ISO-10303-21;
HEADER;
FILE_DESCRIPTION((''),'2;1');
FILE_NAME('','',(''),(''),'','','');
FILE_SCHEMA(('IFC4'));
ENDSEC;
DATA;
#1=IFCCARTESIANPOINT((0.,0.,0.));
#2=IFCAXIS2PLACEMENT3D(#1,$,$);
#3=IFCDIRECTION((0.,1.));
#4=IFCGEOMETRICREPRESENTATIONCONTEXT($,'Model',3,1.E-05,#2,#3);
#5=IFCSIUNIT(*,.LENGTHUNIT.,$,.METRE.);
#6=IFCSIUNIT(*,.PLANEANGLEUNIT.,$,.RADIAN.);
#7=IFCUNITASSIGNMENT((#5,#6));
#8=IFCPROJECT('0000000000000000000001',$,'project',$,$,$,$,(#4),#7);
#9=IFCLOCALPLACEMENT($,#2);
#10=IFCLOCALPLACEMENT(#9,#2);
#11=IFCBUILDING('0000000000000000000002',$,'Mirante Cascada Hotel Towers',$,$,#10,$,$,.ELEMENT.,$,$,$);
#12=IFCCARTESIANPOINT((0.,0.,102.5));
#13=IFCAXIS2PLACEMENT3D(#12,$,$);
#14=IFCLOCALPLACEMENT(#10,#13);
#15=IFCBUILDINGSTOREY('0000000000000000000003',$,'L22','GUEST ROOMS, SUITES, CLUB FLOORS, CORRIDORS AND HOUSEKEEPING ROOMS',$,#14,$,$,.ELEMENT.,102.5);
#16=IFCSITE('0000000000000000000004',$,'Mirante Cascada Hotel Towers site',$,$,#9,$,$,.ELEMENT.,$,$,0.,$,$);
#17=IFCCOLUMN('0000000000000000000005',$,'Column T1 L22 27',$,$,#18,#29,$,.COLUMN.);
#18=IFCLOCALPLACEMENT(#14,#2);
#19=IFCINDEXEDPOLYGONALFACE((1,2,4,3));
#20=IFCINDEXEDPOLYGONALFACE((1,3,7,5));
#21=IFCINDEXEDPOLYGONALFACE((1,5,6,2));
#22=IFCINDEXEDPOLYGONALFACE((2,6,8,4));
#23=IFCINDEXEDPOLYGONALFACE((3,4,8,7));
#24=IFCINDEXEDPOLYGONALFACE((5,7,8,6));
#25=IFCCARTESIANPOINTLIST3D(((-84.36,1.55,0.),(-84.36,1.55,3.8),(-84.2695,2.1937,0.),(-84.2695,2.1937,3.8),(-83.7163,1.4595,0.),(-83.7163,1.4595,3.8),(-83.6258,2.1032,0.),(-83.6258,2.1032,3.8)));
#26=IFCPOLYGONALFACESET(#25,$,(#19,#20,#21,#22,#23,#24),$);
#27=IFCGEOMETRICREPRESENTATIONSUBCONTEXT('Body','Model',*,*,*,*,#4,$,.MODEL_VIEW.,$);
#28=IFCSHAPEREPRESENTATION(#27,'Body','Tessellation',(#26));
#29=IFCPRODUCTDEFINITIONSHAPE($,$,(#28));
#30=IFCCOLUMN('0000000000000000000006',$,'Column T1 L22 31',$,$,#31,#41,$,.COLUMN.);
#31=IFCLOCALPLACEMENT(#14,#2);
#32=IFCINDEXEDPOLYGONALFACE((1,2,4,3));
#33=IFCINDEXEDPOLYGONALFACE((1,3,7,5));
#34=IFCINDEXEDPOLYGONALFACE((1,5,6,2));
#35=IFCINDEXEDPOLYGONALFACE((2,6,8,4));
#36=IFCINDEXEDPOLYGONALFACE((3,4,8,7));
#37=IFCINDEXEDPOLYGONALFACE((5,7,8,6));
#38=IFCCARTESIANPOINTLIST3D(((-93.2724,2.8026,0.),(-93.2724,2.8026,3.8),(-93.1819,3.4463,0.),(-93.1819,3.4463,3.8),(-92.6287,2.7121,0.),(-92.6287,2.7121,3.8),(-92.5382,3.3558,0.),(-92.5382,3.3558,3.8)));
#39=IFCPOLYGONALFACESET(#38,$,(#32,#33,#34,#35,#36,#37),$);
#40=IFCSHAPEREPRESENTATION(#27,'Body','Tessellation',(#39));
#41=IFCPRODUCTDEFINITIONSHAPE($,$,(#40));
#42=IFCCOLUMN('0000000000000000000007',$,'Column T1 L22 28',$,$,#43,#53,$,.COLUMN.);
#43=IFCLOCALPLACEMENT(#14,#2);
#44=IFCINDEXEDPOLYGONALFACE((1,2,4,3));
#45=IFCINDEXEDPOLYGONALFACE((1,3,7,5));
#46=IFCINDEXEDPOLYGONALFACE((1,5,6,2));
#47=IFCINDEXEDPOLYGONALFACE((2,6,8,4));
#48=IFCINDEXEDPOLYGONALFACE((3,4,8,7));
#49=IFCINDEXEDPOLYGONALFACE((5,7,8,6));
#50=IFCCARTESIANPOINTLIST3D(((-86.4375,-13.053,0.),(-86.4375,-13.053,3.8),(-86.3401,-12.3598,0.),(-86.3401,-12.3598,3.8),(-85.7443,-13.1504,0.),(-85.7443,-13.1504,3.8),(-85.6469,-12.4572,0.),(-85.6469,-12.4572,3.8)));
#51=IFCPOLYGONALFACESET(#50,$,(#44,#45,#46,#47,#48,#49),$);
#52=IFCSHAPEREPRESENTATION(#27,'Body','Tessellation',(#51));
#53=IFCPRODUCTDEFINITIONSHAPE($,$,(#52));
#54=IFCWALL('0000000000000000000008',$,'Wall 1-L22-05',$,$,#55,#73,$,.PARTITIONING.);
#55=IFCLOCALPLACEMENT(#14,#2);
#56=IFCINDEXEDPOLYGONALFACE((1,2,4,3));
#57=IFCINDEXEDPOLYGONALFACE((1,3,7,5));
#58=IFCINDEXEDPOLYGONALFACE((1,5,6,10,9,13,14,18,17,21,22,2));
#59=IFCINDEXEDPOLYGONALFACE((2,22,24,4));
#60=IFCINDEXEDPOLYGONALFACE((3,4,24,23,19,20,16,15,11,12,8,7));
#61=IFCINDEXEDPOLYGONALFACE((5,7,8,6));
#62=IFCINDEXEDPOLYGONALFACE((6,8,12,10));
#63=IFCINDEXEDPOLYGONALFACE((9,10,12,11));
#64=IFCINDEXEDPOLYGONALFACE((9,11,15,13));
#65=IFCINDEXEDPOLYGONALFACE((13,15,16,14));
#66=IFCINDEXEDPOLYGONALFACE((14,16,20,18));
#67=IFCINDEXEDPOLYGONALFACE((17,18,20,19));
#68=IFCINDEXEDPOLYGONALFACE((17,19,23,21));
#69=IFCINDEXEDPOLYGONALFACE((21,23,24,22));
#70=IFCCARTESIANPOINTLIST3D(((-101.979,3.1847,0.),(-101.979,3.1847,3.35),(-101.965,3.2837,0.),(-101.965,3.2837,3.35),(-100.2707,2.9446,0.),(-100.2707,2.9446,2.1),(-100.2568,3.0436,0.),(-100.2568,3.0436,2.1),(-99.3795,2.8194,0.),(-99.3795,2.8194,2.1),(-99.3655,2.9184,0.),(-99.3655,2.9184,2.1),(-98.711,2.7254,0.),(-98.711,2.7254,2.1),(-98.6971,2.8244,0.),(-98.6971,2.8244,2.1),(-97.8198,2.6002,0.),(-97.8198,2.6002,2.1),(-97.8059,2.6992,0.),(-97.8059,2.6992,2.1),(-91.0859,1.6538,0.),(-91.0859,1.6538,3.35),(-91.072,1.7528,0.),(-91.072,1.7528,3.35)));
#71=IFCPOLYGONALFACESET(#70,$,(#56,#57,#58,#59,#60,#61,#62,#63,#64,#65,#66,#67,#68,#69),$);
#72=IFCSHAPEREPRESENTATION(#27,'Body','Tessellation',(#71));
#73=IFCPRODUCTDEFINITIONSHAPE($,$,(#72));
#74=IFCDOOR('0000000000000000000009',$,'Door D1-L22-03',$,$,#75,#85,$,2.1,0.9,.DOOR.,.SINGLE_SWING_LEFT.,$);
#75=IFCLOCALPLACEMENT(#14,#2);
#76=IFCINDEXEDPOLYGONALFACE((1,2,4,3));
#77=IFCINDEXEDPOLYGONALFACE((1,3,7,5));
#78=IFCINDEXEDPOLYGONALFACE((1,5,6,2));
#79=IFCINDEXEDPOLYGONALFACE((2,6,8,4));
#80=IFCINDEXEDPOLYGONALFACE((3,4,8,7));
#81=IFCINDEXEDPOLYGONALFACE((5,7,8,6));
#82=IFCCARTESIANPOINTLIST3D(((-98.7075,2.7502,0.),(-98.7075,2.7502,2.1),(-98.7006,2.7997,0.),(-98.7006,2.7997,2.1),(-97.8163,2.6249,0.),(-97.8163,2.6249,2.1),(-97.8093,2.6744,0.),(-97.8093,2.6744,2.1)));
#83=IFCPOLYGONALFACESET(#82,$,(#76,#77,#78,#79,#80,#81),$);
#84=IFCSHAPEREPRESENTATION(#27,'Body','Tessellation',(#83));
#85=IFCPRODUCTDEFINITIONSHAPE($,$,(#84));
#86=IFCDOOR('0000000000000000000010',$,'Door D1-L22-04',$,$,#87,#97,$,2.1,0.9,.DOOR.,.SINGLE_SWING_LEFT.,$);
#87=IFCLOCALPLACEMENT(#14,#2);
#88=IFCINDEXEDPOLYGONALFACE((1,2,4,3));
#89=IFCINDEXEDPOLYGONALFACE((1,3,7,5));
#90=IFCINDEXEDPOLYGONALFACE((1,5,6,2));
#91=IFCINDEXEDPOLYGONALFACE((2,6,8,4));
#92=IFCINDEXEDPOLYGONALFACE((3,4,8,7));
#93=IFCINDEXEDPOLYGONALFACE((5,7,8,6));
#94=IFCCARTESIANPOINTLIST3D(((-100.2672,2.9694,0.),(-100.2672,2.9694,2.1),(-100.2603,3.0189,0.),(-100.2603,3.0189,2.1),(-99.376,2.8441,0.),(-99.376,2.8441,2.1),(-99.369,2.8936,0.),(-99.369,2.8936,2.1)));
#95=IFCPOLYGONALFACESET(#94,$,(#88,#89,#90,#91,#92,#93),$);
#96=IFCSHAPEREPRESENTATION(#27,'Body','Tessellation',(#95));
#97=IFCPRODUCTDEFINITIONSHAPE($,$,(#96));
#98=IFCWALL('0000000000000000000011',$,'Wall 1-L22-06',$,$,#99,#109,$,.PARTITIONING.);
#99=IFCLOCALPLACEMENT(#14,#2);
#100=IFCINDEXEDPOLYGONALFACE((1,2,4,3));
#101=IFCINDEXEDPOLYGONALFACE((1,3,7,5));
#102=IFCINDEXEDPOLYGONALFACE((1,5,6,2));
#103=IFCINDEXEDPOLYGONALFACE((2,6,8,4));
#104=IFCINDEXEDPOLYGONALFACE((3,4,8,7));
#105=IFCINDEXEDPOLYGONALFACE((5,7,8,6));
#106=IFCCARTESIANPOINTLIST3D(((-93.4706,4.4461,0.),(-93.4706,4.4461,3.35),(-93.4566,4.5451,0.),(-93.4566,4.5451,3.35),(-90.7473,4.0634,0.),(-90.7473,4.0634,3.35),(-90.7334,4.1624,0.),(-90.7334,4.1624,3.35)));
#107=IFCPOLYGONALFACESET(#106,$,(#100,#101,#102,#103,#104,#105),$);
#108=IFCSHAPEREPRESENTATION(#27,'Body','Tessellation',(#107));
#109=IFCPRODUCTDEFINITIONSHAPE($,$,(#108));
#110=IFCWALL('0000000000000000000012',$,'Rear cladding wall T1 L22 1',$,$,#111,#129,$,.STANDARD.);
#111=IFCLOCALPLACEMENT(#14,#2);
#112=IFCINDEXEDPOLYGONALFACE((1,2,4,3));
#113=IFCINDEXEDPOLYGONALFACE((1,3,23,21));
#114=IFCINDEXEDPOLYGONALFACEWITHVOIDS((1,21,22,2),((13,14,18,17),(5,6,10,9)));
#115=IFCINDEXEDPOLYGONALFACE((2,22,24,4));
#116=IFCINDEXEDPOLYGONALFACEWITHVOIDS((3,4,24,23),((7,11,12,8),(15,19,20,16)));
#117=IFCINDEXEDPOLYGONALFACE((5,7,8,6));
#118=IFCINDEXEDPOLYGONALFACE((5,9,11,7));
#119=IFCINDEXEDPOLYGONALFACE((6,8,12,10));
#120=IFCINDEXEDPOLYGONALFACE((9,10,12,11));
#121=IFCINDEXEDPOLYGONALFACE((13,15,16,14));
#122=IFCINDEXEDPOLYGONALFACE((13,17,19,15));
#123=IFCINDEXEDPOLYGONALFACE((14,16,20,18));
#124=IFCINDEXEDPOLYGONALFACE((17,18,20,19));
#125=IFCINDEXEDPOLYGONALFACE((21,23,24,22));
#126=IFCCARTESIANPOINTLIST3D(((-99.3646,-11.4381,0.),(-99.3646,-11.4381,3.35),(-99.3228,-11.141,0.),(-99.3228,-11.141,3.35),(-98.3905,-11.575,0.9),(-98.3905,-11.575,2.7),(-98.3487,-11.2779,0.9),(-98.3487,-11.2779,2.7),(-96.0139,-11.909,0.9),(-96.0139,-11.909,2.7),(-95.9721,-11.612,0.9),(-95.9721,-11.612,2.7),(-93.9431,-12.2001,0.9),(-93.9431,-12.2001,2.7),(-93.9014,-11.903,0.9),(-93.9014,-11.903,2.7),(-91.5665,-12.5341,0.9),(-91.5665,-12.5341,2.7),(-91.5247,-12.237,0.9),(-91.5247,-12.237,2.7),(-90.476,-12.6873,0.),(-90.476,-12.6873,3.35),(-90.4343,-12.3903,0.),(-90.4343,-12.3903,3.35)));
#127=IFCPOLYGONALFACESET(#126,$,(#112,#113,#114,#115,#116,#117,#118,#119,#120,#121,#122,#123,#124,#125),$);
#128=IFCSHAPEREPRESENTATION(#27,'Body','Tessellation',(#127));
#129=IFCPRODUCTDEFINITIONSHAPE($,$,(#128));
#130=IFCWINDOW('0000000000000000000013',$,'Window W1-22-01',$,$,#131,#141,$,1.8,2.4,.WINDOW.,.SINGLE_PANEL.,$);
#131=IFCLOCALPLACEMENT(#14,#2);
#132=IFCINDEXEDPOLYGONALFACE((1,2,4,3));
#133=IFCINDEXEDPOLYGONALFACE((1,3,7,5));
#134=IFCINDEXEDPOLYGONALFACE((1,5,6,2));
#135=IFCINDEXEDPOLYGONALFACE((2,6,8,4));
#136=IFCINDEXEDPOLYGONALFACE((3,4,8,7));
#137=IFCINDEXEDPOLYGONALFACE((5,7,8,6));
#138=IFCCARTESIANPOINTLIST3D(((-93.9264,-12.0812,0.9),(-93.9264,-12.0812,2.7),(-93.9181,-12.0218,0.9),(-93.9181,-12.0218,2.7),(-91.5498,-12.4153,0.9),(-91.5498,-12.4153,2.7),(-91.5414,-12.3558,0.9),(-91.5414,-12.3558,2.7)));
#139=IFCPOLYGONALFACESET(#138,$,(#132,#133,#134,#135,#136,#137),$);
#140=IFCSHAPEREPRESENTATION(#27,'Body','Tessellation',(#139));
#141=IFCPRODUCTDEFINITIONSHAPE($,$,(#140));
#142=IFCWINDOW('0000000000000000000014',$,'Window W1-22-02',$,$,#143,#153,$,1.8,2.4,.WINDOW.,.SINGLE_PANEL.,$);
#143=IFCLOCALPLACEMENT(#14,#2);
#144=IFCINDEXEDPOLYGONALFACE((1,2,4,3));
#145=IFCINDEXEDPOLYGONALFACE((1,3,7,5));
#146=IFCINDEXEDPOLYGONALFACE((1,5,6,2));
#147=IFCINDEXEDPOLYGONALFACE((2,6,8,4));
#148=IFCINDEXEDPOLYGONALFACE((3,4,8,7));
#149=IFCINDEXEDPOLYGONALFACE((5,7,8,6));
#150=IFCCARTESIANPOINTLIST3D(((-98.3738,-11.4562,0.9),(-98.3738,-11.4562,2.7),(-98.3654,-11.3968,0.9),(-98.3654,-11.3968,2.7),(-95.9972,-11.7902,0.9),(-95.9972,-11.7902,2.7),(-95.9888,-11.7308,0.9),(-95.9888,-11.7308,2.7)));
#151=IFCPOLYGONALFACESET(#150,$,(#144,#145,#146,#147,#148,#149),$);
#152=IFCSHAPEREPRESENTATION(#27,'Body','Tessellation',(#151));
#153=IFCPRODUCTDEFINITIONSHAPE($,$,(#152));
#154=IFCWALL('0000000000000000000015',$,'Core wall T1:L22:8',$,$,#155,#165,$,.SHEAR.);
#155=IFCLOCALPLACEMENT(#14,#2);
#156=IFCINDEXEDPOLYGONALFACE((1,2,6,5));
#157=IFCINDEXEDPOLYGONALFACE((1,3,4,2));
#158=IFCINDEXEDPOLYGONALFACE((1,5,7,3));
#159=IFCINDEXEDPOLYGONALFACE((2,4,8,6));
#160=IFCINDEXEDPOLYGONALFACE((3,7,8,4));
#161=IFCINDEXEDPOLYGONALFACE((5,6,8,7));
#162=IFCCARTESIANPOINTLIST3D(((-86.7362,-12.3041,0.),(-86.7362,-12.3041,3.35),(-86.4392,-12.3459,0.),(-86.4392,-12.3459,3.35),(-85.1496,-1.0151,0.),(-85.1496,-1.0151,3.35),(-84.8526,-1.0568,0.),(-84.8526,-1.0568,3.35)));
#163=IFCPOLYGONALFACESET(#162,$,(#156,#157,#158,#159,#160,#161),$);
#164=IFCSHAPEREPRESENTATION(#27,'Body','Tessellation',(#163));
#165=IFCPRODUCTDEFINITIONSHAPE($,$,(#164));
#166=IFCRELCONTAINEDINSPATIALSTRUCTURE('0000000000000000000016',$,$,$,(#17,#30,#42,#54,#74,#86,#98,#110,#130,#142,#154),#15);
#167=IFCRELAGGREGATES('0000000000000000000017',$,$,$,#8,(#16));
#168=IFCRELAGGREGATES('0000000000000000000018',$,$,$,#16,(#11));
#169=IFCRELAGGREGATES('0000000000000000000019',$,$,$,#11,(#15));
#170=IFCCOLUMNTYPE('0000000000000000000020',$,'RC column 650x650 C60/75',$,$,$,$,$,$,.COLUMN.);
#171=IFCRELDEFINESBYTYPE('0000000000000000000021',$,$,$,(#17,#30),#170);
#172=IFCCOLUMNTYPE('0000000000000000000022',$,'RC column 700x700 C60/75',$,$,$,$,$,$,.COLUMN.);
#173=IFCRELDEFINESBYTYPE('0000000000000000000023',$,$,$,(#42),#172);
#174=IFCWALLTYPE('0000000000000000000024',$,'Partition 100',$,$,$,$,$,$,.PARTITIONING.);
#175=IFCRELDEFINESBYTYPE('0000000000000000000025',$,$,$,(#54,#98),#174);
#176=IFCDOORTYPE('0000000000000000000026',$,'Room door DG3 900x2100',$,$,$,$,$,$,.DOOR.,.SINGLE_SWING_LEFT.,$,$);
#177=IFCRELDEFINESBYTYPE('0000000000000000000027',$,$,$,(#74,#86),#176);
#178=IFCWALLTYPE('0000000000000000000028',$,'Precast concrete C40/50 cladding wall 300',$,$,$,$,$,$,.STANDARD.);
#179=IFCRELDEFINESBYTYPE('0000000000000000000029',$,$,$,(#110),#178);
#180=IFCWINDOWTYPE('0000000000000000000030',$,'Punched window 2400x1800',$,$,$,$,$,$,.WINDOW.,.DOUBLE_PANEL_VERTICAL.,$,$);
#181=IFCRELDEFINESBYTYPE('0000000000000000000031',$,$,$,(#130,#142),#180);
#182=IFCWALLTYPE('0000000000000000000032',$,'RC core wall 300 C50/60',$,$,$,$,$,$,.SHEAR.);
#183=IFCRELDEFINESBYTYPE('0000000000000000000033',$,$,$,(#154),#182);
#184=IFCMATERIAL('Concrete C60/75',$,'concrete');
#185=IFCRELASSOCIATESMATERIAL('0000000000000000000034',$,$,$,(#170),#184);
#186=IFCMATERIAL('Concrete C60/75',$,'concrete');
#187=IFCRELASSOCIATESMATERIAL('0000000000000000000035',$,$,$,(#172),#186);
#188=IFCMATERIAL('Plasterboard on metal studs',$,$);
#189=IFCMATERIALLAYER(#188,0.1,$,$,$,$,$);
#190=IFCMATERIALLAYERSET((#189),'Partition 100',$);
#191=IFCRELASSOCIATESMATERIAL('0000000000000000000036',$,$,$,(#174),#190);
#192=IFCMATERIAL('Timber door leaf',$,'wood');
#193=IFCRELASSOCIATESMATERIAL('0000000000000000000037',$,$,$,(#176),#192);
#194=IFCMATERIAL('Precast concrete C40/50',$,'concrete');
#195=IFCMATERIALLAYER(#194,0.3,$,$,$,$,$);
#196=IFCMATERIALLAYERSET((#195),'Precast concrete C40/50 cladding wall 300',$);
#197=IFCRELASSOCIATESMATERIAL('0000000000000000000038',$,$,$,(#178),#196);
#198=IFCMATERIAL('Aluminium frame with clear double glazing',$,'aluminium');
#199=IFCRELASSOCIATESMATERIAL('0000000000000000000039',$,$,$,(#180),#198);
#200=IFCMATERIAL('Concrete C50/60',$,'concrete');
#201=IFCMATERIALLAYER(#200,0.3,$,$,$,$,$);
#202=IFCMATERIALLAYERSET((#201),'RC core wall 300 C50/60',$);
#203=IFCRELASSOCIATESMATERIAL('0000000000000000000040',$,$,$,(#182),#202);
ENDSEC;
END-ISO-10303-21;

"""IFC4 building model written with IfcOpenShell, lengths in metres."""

from ifc_helpers import new_model, si_unit, direction, frame, frame_2d, origin, origin_2d, place, context, subcontext, project, spatial, rectangle, extrude, material, layer, layer_set, material_profile, profile_set, type_object, element, fill, save


model = new_model("IFC4")

# Units and contexts
model_context = context("Model", 3, precision=1e-05, world=origin(), true_north=direction((0.0, 1.0)))
body_context = subcontext(model_context, "Body", "Model", "MODEL_VIEW")
ifc_project = project(units=[si_unit("LENGTHUNIT", "METRE"), si_unit("PLANEANGLEUNIT", "RADIAN")], contexts=[model_context])

# Site, building, storey
site_placement = place(None, origin())
site = spatial("IfcSite", under=ifc_project, at=site_placement, Name="Mirante Cascada Hotel Towers site", CompositionType="ELEMENT", RefElevation=0.0)
building_placement = place(site_placement, origin())
building = spatial("IfcBuilding", under=site, at=building_placement, Name="Mirante Cascada Hotel Towers", CompositionType="ELEMENT")
storey_placement = place(building_placement, frame((0.0, 0.0, 102.5)))
storey = spatial("IfcBuildingStorey", under=building, at=storey_placement, Name="L22", Description="GUEST ROOMS, SUITES, CLUB FLOORS, CORRIDORS AND HOUSEKEEPING ROOMS", CompositionType="ELEMENT", Elevation=102.5)

# Columns
ifc_material_1 = material(Name="Concrete C60/75", Category="concrete")
ifc_material_profile_1 = material_profile(ifc_material_1, rectangle(XDim=0.65, YDim=0.65, at=origin_2d()), Name="RC column 650x650 C60/75")
ifc_profile_set_1 = profile_set([ifc_material_profile_1], Name="Concrete C60/75")
column_type_1 = type_object("IfcColumnType", Name="RC column 650x650 C60/75", PredefinedType="COLUMN", material=ifc_profile_set_1)
for number, where, z_axis, x_axis, name in (
    (1, (-83.9929, 1.8266, 0.0), (0.0, 0.0, 1.0), (-0.990268, 0.139173, 0.0), "Column T1 L22 27"),
    (2, (-92.9053, 3.0792, 0.0), (0.0, 0.0, 1.0), (-0.990268, 0.139173, 0.0), "Column T1 L22 31"),
):
    element("IfcColumn", number, at=place(storey_placement, frame(where, z_axis=z_axis, x_axis=x_axis)), inside=storey, type_object=column_type_1, Name=name, PredefinedType="COLUMN", context=body_context, shape_type="SweptSolid", body=[
        extrude(rectangle(XDim=0.65, YDim=0.65, at=origin_2d()), origin(), (0.0, 0.0, 1.0), 3.8),
    ])
ifc_material_2 = material(Name="Concrete C60/75", Category="concrete")
ifc_material_profile_2 = material_profile(ifc_material_2, rectangle(XDim=0.7, YDim=0.7, at=origin_2d()), Name="RC column 700x700 C60/75")
ifc_profile_set_2 = profile_set([ifc_material_profile_2], Name="Concrete C60/75")
column_type_2 = type_object("IfcColumnType", Name="RC column 700x700 C60/75", PredefinedType="COLUMN", material=ifc_profile_set_2)
column_placement = place(storey_placement, frame((-86.0422, -12.7551, 0.0), z_axis=(0.0, 0.0, 1.0), x_axis=(-0.990268, 0.139173, 0.0)))
element("IfcColumn", 3, at=column_placement, inside=storey, type_object=column_type_2, Name="Column T1 L22 28", PredefinedType="COLUMN", context=body_context, shape_type="SweptSolid", body=[
    extrude(rectangle(XDim=0.7, YDim=0.7, at=origin_2d()), origin(), (0.0, 0.0, 1.0), 3.8),
])

# Wall, openings, doors
ifc_material_3 = material(Name="Plasterboard on metal studs")
ifc_layer_1 = layer(ifc_material_3, 0.1)
ifc_layer_set_1 = layer_set([ifc_layer_1], Name="Partition 100")
wall_type_1 = type_object("IfcWallType", Name="Partition 100", PredefinedType="PARTITIONING", material=ifc_layer_set_1)
wall_1_placement = place(storey_placement, frame((-91.079, 1.7033, 0.0), z_axis=(0.0, 0.0, 1.0), x_axis=(-0.990268, 0.139172, 0.0)))
wall_1 = element("IfcWall", 4, at=wall_1_placement, inside=storey, type_object=wall_type_1, Name="Wall 1-L22-05", PredefinedType="PARTITIONING", context=body_context, shape_type="SweptSolid", body=[
    extrude(rectangle(XDim=11.0001, YDim=0.1, at=frame_2d((5.5, 0.0))), origin(), (0.0, 0.0, 1.0), 3.35),
])
opening_1_placement = place(wall_1_placement, frame((6.8, 0.0, 0.0)))
opening_1 = element("IfcOpeningElement", 5, at=opening_1_placement, cuts=wall_1, PredefinedType="OPENING", context=body_context, shape_type="SweptSolid", body=[
    extrude(rectangle(XDim=0.9, YDim=2.1, at=frame_2d((0.45, 1.05))), frame((0.0, 0.05, 0.0), z_axis=(0.0, -1.0, 0.0), x_axis=(1.0, 0.0, 0.0)), (0.0, 0.0, 1.0), 0.1),
])
opening_2_placement = place(wall_1_placement, frame((8.375, 0.0, 0.0)))
opening_2 = element("IfcOpeningElement", 6, at=opening_2_placement, cuts=wall_1, PredefinedType="OPENING", context=body_context, shape_type="SweptSolid", body=[
    extrude(rectangle(XDim=0.9, YDim=2.1, at=frame_2d((0.45, 1.05))), frame((0.0, 0.05, 0.0), z_axis=(0.0, -1.0, 0.0), x_axis=(1.0, 0.0, 0.0)), (0.0, 0.0, 1.0), 0.1),
])
ifc_material_4 = material(Name="Timber door leaf", Category="wood")
door_type_1 = type_object("IfcDoorType", Name="Room door DG3 900x2100", OperationType="SINGLE_SWING_LEFT", PredefinedType="DOOR", material=ifc_material_4)
door_1_placement = place(opening_1_placement, origin())
door_1 = element("IfcDoor", 7, at=door_1_placement, inside=storey, type_object=door_type_1, Name="Door D1-L22-03", OperationType="SINGLE_SWING_LEFT", OverallHeight=2.1, OverallWidth=0.9, PredefinedType="DOOR", context=body_context, shape_type="SweptSolid", body=[
    extrude(rectangle(XDim=0.9, YDim=2.1, at=frame_2d((0.45, 1.05))), frame((0.0, 0.025, 0.0), z_axis=(0.0, -1.0, 0.0), x_axis=(1.0, 0.0, 0.0)), (0.0, 0.0, 1.0), 0.05),
])
fill(opening_1, door_1)
door_2_placement = place(opening_2_placement, origin())
door_2 = element("IfcDoor", 8, at=door_2_placement, inside=storey, type_object=door_type_1, Name="Door D1-L22-04", OperationType="SINGLE_SWING_LEFT", OverallHeight=2.1, OverallWidth=0.9, PredefinedType="DOOR", context=body_context, shape_type="SweptSolid", body=[
    extrude(rectangle(XDim=0.9, YDim=2.1, at=frame_2d((0.45, 1.05))), frame((0.0, 0.025, 0.0), z_axis=(0.0, -1.0, 0.0), x_axis=(1.0, 0.0, 0.0)), (0.0, 0.0, 1.0), 0.05),
])
fill(opening_2, door_2)

# Wall
wall_2_placement = place(storey_placement, frame((-93.4636, 4.4956, 0.0), z_axis=(0.0, 0.0, 1.0), x_axis=(0.990269, -0.139166, 0.0)))
element("IfcWall", 9, at=wall_2_placement, inside=storey, type_object=wall_type_1, Name="Wall 1-L22-06", PredefinedType="PARTITIONING", context=body_context, shape_type="SweptSolid", body=[
    extrude(rectangle(XDim=2.75, YDim=0.1, at=frame_2d((1.375, 0.0))), origin(), (0.0, 0.0, 1.0), 3.35),
])

# Wall, openings, windows
ifc_material_5 = material(Name="Precast concrete C40/50", Category="concrete")
ifc_layer_2 = layer(ifc_material_5, 0.3)
ifc_layer_set_2 = layer_set([ifc_layer_2], Name="Precast concrete C40/50 cladding wall 300")
wall_type_2 = type_object("IfcWallType", Name="Precast concrete C40/50 cladding wall 300", PredefinedType="STANDARD", material=ifc_layer_set_2)
wall_3_placement = place(storey_placement, frame((-90.4551, -12.5388, 0.0), z_axis=(0.0, 0.0, 1.0), x_axis=(-0.990268, 0.139173, 0.0)))
wall_3 = element("IfcWall", 10, at=wall_3_placement, inside=storey, type_object=wall_type_2, Name="Rear cladding wall T1 L22 1", PredefinedType="STANDARD", context=body_context, shape_type="SweptSolid", body=[
    extrude(rectangle(XDim=8.9759, YDim=0.3, at=frame_2d((4.488, 0.0))), origin(), (0.0, 0.0, 1.0), 3.35),
])
opening_3_placement = place(wall_3_placement, frame((1.1012, 0.0, 0.9)))
opening_3 = element("IfcOpeningElement", 11, at=opening_3_placement, cuts=wall_3, PredefinedType="OPENING", context=body_context, shape_type="SweptSolid", body=[
    extrude(rectangle(XDim=2.4, YDim=1.8, at=frame_2d((1.2, 0.9))), frame((0.0, 0.15, 0.0), z_axis=(0.0, -1.0, 0.0), x_axis=(1.0, 0.0, 0.0)), (0.0, 0.0, 1.0), 0.3),
])
opening_4_placement = place(wall_3_placement, frame((5.5923, 0.0, 0.9)))
opening_4 = element("IfcOpeningElement", 12, at=opening_4_placement, cuts=wall_3, PredefinedType="OPENING", context=body_context, shape_type="SweptSolid", body=[
    extrude(rectangle(XDim=2.4, YDim=1.8, at=frame_2d((1.2, 0.9))), frame((0.0, 0.15, 0.0), z_axis=(0.0, -1.0, 0.0), x_axis=(1.0, 0.0, 0.0)), (0.0, 0.0, 1.0), 0.3),
])
ifc_material_6 = material(Name="Aluminium frame with clear double glazing", Category="aluminium")
window_type = type_object("IfcWindowType", Name="Punched window 2400x1800", PartitioningType="DOUBLE_PANEL_VERTICAL", PredefinedType="WINDOW", material=ifc_material_6)
window_1_placement = place(opening_3_placement, origin())
window_1 = element("IfcWindow", 13, at=window_1_placement, inside=storey, type_object=window_type, Name="Window W1-22-01", OverallHeight=1.8, OverallWidth=2.4, PartitioningType="SINGLE_PANEL", PredefinedType="WINDOW", context=body_context, shape_type="SweptSolid", body=[
    extrude(rectangle(XDim=2.4, YDim=1.8, at=frame_2d((1.2, 0.9))), frame((0.0, 0.03, 0.0), z_axis=(0.0, -1.0, 0.0), x_axis=(1.0, 0.0, 0.0)), (0.0, 0.0, 1.0), 0.06),
])
fill(opening_3, window_1)
window_2_placement = place(opening_4_placement, origin())
window_2 = element("IfcWindow", 14, at=window_2_placement, inside=storey, type_object=window_type, Name="Window W1-22-02", OverallHeight=1.8, OverallWidth=2.4, PartitioningType="SINGLE_PANEL", PredefinedType="WINDOW", context=body_context, shape_type="SweptSolid", body=[
    extrude(rectangle(XDim=2.4, YDim=1.8, at=frame_2d((1.2, 0.9))), frame((0.0, 0.03, 0.0), z_axis=(0.0, -1.0, 0.0), x_axis=(1.0, 0.0, 0.0)), (0.0, 0.0, 1.0), 0.06),
])
fill(opening_4, window_2)

# Wall
ifc_material_7 = material(Name="Concrete C50/60", Category="concrete")
ifc_layer_3 = layer(ifc_material_7, 0.3)
ifc_layer_set_3 = layer_set([ifc_layer_3], Name="RC core wall 300 C50/60")
wall_type_3 = type_object("IfcWallType", Name="RC core wall 300 C50/60", PredefinedType="SHEAR", material=ifc_layer_set_3)
wall_4_placement = place(storey_placement, frame((-86.5877, -12.325, 0.0), z_axis=(0.0, 0.0, 1.0), x_axis=(0.139175, 0.990268, 0.0)))
element("IfcWall", 15, at=wall_4_placement, inside=storey, type_object=wall_type_3, Name="Core wall T1:L22:8", PredefinedType="SHEAR", context=body_context, shape_type="SweptSolid", body=[
    extrude(rectangle(XDim=11.4, YDim=0.3, at=frame_2d((5.7, 0.0))), origin(), (0.0, 0.0, 1.0), 3.35),
])

save(model, "model.ifc")
